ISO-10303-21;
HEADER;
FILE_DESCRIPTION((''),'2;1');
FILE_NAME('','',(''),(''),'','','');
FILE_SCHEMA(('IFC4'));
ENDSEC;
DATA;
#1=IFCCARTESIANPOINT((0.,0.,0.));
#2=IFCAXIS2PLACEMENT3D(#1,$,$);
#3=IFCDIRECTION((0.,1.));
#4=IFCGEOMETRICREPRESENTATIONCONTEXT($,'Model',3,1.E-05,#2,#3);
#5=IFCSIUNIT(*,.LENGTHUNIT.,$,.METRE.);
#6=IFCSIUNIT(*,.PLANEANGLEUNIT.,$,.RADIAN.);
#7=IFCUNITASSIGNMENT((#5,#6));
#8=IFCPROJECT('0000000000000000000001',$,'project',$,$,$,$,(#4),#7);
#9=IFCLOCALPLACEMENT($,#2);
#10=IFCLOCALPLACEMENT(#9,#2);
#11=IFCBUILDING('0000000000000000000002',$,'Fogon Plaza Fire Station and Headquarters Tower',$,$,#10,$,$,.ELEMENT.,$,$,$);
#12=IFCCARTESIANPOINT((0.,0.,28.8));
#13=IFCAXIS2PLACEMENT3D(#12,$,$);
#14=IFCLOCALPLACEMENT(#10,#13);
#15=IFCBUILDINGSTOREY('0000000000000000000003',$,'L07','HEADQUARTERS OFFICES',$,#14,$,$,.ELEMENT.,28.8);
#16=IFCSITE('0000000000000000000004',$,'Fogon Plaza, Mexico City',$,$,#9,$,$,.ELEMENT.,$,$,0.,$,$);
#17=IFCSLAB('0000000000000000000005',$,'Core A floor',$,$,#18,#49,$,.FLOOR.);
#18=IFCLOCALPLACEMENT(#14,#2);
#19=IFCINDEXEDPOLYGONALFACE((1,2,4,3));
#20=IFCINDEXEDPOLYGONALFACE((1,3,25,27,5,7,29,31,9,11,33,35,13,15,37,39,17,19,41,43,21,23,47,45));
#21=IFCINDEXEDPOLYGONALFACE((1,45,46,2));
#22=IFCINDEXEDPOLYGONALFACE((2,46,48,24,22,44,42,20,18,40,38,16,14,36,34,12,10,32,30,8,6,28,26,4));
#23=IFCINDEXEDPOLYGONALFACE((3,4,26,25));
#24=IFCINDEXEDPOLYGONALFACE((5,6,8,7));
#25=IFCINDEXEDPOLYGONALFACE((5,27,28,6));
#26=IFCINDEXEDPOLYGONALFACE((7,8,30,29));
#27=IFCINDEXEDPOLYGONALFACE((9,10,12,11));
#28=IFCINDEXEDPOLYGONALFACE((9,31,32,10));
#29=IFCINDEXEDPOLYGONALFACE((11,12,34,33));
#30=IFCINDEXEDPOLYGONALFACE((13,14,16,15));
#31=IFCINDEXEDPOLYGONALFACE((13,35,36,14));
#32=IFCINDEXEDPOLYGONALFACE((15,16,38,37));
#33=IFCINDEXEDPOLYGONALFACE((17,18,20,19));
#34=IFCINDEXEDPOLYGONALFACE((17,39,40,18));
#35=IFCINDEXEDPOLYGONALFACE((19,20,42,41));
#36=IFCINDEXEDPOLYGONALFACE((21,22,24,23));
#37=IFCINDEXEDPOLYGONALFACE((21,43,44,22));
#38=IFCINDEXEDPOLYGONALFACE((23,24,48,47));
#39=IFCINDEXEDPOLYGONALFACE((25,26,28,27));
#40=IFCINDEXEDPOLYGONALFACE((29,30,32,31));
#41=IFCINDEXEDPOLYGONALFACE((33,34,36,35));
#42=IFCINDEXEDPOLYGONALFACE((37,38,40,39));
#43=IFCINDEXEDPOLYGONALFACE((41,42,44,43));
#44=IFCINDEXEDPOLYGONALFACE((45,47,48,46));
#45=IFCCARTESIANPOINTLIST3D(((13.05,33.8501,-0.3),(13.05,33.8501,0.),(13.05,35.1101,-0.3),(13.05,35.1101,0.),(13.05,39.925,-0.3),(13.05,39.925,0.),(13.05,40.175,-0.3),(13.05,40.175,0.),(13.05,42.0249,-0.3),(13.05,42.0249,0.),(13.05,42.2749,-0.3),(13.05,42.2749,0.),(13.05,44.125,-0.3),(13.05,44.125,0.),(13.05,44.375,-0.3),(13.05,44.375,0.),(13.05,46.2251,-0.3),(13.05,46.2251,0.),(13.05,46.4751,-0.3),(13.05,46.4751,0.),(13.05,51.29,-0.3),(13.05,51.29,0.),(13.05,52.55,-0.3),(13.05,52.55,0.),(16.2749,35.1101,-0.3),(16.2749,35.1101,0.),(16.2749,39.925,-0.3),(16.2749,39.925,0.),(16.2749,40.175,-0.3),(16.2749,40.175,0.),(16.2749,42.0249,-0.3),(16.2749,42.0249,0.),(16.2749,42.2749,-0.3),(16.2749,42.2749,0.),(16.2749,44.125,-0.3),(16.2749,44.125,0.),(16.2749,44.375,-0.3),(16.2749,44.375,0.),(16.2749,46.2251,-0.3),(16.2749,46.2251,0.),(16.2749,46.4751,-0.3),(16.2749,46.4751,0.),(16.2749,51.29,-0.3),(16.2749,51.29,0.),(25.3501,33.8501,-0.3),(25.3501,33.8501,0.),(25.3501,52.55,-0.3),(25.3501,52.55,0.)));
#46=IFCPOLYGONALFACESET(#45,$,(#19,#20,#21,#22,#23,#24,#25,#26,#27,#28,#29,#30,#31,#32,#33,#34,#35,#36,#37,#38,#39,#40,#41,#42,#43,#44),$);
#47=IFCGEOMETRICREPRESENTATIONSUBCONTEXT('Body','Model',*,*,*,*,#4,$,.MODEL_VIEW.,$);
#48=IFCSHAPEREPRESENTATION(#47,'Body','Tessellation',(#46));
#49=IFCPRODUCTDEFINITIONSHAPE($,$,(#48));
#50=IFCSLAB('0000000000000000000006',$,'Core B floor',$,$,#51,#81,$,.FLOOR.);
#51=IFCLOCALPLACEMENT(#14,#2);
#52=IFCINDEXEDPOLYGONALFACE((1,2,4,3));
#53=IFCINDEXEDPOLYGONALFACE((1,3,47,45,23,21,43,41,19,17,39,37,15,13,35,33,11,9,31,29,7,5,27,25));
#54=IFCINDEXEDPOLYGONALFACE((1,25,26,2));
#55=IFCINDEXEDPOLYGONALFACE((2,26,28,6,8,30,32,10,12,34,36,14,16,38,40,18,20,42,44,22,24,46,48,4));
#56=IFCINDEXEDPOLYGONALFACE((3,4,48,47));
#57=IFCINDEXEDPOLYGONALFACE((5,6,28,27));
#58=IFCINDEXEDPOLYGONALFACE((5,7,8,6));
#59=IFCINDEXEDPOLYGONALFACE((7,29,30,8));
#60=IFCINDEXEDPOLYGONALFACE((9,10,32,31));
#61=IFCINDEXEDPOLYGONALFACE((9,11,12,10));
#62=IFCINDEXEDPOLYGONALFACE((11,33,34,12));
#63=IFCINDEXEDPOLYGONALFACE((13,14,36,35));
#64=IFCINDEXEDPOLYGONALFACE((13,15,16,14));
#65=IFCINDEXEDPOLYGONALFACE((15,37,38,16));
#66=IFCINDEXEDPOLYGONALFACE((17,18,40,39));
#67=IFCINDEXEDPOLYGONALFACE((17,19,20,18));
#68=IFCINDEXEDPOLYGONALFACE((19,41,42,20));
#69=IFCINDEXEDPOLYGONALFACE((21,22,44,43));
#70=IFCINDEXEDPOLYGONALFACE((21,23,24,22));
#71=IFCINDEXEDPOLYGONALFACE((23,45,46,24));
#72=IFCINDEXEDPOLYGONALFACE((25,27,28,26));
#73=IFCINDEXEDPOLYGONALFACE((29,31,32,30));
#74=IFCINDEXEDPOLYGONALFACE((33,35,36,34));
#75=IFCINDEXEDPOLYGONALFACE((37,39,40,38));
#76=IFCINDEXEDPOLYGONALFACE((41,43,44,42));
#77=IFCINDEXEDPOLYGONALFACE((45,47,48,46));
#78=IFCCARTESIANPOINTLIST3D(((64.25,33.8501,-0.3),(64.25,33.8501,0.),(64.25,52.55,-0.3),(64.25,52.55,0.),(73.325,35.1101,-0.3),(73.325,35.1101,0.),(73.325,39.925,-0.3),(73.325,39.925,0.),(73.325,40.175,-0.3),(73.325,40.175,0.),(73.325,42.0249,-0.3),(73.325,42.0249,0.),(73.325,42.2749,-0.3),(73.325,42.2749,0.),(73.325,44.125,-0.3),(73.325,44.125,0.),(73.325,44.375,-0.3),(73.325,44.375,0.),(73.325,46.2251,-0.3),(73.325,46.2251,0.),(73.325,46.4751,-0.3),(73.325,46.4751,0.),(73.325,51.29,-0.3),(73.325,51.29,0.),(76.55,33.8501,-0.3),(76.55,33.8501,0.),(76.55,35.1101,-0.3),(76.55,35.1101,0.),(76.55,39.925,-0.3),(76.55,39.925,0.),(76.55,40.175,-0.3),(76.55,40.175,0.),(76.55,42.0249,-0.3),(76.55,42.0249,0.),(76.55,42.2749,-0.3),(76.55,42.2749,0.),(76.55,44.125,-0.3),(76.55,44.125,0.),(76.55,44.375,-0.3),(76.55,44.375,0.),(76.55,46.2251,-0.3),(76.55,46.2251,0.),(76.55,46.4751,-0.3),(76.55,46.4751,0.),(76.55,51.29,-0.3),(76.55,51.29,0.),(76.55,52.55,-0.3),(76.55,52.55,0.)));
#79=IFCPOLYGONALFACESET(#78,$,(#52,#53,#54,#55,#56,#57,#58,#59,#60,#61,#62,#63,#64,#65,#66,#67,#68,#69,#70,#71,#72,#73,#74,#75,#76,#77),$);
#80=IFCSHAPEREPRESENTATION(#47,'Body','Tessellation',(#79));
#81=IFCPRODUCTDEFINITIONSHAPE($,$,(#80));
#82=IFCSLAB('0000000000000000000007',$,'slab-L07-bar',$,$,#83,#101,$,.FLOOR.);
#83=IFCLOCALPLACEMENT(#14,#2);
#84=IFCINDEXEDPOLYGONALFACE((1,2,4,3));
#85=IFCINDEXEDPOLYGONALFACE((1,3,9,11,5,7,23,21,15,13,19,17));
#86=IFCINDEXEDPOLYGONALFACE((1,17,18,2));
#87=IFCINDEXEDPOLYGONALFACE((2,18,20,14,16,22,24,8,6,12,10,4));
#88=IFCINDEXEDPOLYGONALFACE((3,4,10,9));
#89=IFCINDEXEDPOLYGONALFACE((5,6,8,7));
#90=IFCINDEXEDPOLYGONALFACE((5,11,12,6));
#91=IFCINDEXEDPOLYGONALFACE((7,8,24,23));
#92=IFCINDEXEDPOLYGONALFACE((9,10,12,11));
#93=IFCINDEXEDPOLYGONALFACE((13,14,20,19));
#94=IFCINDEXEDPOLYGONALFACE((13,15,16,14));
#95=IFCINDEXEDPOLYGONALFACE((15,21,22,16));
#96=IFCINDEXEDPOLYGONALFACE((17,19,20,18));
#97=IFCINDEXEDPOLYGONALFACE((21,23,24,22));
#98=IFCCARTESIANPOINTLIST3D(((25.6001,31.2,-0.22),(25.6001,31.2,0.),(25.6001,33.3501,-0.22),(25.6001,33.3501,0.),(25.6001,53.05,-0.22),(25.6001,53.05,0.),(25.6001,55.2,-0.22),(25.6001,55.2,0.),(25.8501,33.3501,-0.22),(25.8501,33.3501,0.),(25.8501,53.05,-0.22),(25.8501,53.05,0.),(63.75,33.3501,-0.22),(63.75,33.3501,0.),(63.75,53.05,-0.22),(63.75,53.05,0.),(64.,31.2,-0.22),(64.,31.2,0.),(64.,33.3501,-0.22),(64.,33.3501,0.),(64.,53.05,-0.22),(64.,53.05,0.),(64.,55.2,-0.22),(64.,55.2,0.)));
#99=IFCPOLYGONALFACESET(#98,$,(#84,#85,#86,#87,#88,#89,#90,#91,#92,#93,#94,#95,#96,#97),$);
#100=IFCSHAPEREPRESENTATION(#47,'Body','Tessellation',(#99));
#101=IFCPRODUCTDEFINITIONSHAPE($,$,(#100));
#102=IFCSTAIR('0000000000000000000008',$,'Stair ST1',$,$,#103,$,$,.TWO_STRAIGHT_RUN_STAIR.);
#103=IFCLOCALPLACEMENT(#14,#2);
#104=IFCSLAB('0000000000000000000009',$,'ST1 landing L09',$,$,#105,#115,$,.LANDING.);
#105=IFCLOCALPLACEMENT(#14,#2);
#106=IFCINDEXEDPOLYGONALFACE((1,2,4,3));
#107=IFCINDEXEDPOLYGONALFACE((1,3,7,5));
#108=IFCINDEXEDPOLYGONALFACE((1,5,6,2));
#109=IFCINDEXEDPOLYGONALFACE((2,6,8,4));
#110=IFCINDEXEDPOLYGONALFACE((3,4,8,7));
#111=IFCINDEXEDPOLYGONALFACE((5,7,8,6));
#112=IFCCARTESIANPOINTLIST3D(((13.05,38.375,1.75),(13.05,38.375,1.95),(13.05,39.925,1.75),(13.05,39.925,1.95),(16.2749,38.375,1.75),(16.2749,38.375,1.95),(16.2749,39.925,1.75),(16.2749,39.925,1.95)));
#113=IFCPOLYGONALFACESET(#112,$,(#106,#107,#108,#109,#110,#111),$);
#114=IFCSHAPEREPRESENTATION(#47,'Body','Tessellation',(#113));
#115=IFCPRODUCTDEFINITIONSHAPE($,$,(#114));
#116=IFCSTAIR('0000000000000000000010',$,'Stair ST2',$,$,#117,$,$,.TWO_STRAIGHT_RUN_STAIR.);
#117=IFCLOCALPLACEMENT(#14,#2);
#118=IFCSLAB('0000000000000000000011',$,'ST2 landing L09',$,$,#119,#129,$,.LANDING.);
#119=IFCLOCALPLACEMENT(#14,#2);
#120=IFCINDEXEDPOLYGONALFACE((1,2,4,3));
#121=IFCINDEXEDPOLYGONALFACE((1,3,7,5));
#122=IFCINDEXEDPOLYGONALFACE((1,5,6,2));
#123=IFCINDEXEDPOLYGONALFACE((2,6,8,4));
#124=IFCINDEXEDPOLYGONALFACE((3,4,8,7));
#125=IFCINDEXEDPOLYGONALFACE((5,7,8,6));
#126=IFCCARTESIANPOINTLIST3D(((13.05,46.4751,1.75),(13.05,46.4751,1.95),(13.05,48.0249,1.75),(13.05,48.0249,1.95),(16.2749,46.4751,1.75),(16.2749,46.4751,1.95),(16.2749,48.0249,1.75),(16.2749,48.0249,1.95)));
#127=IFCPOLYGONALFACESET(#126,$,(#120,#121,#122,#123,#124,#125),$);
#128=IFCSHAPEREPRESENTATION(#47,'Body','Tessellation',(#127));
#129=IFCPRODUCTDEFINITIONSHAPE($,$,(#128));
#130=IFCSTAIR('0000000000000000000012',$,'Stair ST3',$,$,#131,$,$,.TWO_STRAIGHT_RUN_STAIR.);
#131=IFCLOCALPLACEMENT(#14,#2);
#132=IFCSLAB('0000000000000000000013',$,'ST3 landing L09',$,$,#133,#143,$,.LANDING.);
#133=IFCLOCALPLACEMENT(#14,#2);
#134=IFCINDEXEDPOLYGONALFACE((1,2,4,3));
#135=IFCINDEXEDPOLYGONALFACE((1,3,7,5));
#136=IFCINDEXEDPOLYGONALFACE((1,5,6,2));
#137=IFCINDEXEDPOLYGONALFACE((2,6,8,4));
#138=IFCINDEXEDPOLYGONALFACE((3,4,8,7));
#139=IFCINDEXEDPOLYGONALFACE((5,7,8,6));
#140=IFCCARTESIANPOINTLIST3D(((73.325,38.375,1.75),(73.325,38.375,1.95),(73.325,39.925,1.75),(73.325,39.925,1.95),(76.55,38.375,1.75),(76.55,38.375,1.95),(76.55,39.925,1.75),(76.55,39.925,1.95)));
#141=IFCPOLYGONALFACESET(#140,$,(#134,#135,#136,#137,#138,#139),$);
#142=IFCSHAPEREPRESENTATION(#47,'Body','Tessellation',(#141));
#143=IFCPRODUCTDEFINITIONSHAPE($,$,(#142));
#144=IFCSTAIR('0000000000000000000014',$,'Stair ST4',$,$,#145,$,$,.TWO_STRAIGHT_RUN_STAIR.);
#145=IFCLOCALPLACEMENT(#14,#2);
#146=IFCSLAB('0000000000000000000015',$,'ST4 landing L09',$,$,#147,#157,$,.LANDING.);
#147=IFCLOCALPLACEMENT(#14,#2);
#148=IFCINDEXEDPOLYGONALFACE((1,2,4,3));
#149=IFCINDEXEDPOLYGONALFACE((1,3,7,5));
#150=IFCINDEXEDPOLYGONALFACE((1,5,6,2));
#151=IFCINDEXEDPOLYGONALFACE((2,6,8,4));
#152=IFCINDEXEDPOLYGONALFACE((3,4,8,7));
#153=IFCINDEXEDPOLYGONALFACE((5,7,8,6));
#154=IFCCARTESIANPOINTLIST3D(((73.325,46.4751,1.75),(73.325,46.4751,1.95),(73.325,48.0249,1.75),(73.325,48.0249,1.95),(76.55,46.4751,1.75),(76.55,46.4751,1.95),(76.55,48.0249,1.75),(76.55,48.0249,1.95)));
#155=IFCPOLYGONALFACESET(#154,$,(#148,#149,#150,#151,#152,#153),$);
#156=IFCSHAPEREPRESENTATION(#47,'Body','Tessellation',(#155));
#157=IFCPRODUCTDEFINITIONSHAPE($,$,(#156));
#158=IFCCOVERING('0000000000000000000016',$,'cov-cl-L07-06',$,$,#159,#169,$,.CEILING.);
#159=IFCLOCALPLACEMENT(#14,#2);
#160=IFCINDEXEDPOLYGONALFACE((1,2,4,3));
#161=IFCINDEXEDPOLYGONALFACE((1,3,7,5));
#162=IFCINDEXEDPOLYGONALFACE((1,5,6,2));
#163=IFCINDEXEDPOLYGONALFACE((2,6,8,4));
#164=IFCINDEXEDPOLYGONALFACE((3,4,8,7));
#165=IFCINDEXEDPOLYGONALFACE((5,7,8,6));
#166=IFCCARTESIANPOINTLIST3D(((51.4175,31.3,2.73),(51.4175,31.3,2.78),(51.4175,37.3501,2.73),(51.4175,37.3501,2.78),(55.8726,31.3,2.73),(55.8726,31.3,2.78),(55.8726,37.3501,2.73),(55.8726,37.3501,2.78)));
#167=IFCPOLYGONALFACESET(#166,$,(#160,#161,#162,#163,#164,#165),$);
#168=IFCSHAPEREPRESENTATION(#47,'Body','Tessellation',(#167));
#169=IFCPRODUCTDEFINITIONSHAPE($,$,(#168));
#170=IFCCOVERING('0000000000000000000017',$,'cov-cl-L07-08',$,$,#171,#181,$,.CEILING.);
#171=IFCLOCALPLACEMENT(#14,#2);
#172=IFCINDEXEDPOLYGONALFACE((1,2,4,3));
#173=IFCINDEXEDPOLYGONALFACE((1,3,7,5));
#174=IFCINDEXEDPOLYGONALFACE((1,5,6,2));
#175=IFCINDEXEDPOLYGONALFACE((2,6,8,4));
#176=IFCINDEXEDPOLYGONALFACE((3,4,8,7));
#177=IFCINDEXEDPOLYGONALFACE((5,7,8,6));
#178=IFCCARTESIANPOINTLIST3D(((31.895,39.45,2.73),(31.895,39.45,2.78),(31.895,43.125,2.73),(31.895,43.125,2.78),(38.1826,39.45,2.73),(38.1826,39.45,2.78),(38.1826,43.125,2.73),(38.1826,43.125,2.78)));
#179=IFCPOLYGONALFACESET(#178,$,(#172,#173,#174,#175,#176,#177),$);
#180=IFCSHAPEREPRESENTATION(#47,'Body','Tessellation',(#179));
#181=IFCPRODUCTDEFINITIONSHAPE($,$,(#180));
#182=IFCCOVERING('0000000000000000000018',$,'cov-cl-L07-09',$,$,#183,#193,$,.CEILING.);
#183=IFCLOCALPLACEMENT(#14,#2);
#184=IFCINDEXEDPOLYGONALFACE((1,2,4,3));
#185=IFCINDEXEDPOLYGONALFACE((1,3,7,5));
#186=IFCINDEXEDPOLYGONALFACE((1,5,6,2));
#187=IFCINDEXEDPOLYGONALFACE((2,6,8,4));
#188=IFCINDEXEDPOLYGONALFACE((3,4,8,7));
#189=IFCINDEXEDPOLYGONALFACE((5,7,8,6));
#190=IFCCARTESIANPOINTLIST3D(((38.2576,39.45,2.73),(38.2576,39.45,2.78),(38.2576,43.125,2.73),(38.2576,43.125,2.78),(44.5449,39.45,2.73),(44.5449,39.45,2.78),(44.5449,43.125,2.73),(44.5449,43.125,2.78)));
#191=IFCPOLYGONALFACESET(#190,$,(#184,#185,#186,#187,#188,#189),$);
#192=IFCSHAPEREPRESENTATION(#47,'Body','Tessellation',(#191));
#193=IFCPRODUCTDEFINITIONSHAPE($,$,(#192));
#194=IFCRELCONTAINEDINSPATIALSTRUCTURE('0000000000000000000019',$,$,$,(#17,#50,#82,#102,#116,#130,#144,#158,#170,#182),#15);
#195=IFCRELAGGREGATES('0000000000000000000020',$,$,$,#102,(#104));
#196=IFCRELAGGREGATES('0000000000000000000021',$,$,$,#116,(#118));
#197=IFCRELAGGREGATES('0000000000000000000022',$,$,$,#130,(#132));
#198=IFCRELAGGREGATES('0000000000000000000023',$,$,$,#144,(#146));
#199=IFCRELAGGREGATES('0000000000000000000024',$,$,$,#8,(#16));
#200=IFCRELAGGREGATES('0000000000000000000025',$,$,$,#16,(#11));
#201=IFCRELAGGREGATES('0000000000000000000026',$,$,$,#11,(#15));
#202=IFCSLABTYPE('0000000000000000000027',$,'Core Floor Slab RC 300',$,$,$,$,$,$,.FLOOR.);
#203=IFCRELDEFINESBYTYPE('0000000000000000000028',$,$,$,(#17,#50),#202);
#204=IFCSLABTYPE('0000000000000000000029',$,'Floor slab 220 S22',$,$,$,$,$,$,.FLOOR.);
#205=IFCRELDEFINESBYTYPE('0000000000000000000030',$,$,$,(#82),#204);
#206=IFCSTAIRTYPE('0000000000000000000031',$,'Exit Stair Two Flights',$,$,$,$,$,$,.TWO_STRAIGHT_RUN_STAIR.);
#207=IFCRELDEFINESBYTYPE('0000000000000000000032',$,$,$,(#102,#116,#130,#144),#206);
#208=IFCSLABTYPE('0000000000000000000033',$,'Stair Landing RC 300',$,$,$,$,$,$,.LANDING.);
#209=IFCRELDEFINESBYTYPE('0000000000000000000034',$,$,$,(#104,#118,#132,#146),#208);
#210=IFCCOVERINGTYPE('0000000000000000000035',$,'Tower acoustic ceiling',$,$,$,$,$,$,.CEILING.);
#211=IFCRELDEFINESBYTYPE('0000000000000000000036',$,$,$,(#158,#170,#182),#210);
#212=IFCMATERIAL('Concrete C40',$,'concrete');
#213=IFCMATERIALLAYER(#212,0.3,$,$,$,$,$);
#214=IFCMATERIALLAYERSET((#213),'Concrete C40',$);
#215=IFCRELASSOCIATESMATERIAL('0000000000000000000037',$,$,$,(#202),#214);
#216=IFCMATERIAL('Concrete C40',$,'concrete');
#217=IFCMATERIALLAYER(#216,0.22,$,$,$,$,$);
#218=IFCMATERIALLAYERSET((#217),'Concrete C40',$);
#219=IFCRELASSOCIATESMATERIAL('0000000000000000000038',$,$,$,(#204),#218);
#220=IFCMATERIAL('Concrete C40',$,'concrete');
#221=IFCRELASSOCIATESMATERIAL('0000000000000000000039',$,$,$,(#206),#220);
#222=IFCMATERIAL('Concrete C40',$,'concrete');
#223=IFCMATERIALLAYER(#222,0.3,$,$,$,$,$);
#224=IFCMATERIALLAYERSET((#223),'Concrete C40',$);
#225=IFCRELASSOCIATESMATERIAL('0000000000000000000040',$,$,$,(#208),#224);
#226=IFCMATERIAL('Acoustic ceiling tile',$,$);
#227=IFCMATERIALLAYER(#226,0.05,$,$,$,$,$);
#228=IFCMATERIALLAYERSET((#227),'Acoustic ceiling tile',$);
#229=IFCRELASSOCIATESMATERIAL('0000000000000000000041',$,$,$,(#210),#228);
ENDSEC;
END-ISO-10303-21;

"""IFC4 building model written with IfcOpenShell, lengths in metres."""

from ifc_helpers import new_model, si_unit, direction, frame, origin, place, context, subcontext, project, spatial, polyline, outline, extrude, material, layer, layer_set, type_object, element, aggregate, save


model = new_model("IFC4")

# Units and contexts
model_context = context("Model", 3, precision=1e-05, world=origin(), true_north=direction((0.0, 1.0)))
body_context = subcontext(model_context, "Body", "Model", "MODEL_VIEW")
ifc_project = project(units=[si_unit("LENGTHUNIT", "METRE"), si_unit("PLANEANGLEUNIT", "RADIAN")], contexts=[model_context])

# Site, building, storey
site_placement = place(None, origin())
site = spatial("IfcSite", under=ifc_project, at=site_placement, Name="Fogon Plaza, Mexico City", CompositionType="ELEMENT", RefElevation=0.0)
building_placement = place(site_placement, origin())
building = spatial("IfcBuilding", under=site, at=building_placement, Name="Fogon Plaza Fire Station and Headquarters Tower", CompositionType="ELEMENT")
storey_placement = place(building_placement, frame((0.0, 0.0, 28.8)))
storey = spatial("IfcBuildingStorey", under=building, at=storey_placement, Name="L07", Description="HEADQUARTERS OFFICES", CompositionType="ELEMENT", Elevation=28.8)

# Slabs
ifc_material_1 = material(Name="Concrete C40", Category="concrete")
ifc_layer_1 = layer(ifc_material_1, 0.3)
ifc_layer_set_1 = layer_set([ifc_layer_1], Name="Concrete C40")
slab_type_1 = type_object("IfcSlabType", Name="Core Floor Slab RC 300", PredefinedType="FLOOR", material=ifc_layer_set_1)
slab_1_placement = place(storey_placement, frame((0.0, 0.0, -0.3)))
element("IfcSlab", 1, at=slab_1_placement, inside=storey, type_object=slab_type_1, Name="Core A floor", PredefinedType="FLOOR", context=body_context, shape_type="SweptSolid", body=[
    extrude(outline(polyline([(13.05, 35.1101), (13.05, 33.8501), (25.3501, 33.8501), (25.3501, 52.55), (13.05, 52.55), (13.05, 51.29), (16.2749, 51.29), (16.2749, 46.4751), (13.05, 46.4751), (13.05, 46.2251), (16.2749, 46.2251), (16.2749, 44.375), (13.05, 44.375), (13.05, 44.125), (16.2749, 44.125), (16.2749, 42.2749), (13.05, 42.2749), (13.05, 42.0249), (16.2749, 42.0249), (16.2749, 40.175), (13.05, 40.175), (13.05, 39.925), (16.2749, 39.925), (16.2749, 35.1101), (13.05, 35.1101)])), origin(), (0.0, 0.0, 1.0), 0.3),
])
slab_2_placement = place(storey_placement, frame((0.0, 0.0, -0.3)))
element("IfcSlab", 2, at=slab_2_placement, inside=storey, type_object=slab_type_1, Name="Core B floor", PredefinedType="FLOOR", context=body_context, shape_type="SweptSolid", body=[
    extrude(outline(polyline([(76.55, 35.1101), (73.325, 35.1101), (73.325, 39.925), (76.55, 39.925), (76.55, 40.175), (73.325, 40.175), (73.325, 42.0249), (76.55, 42.0249), (76.55, 42.2749), (73.325, 42.2749), (73.325, 44.125), (76.55, 44.125), (76.55, 44.375), (73.325, 44.375), (73.325, 46.2251), (76.55, 46.2251), (76.55, 46.4751), (73.325, 46.4751), (73.325, 51.29), (76.55, 51.29), (76.55, 52.55), (64.25, 52.55), (64.25, 33.8501), (76.55, 33.8501), (76.55, 35.1101)])), origin(), (0.0, 0.0, 1.0), 0.3),
])
ifc_material_2 = material(Name="Concrete C40", Category="concrete")
ifc_layer_2 = layer(ifc_material_2, 0.22)
ifc_layer_set_2 = layer_set([ifc_layer_2], Name="Concrete C40")
slab_type_2 = type_object("IfcSlabType", Name="Floor slab 220 S22", PredefinedType="FLOOR", material=ifc_layer_set_2)
slab_3_placement = place(storey_placement, frame((0.0, 0.0, -0.22)))
element("IfcSlab", 3, at=slab_3_placement, inside=storey, type_object=slab_type_2, Name="slab-L07-bar", PredefinedType="FLOOR", context=body_context, shape_type="SweptSolid", body=[
    extrude(outline(polyline([(64.0, 31.2), (25.6001, 31.2), (25.6001, 33.3501), (25.8501, 33.3501), (25.8501, 53.05), (25.6001, 53.05), (25.6001, 55.2), (64.0, 55.2), (64.0, 53.05), (63.75, 53.05), (63.75, 33.3501), (64.0, 33.3501), (64.0, 31.2)])), origin(), (0.0, 0.0, 1.0), 0.22),
])

# Stairs, slabs
ifc_material_3 = material(Name="Concrete C40", Category="concrete")
stair_type = type_object("IfcStairType", Name="Exit Stair Two Flights", PredefinedType="TWO_STRAIGHT_RUN_STAIR", material=ifc_material_3)
stair_1_placement = place(storey_placement, origin())
stair_1 = element("IfcStair", 4, at=stair_1_placement, inside=storey, type_object=stair_type, Name="Stair ST1", PredefinedType="TWO_STRAIGHT_RUN_STAIR")
ifc_material_4 = material(Name="Concrete C40", Category="concrete")
ifc_layer_3 = layer(ifc_material_4, 0.3)
ifc_layer_set_3 = layer_set([ifc_layer_3], Name="Concrete C40")
slab_type_3 = type_object("IfcSlabType", Name="Stair Landing RC 300", PredefinedType="LANDING", material=ifc_layer_set_3)
slab_4_placement = place(storey_placement, frame((0.0, 0.0, 1.75)))
slab_4 = element("IfcSlab", 5, at=slab_4_placement, type_object=slab_type_3, Name="ST1 landing L09", PredefinedType="LANDING", context=body_context, shape_type="SweptSolid", body=[
    extrude(outline(polyline([(16.2749, 38.375), (16.2749, 39.925), (13.05, 39.925), (13.05, 38.375), (16.2749, 38.375)])), origin(), (0.0, 0.0, 1.0), 0.2),
])
aggregate(stair_1, [slab_4])
stair_2_placement = place(storey_placement, origin())
stair_2 = element("IfcStair", 6, at=stair_2_placement, inside=storey, type_object=stair_type, Name="Stair ST2", PredefinedType="TWO_STRAIGHT_RUN_STAIR")
slab_5_placement = place(storey_placement, frame((0.0, 0.0, 1.75)))
slab_5 = element("IfcSlab", 7, at=slab_5_placement, type_object=slab_type_3, Name="ST2 landing L09", PredefinedType="LANDING", context=body_context, shape_type="SweptSolid", body=[
    extrude(outline(polyline([(16.2749, 46.4751), (16.2749, 48.0249), (13.05, 48.0249), (13.05, 46.4751), (16.2749, 46.4751)])), origin(), (0.0, 0.0, 1.0), 0.2),
])
aggregate(stair_2, [slab_5])
stair_3_placement = place(storey_placement, origin())
stair_3 = element("IfcStair", 8, at=stair_3_placement, inside=storey, type_object=stair_type, Name="Stair ST3", PredefinedType="TWO_STRAIGHT_RUN_STAIR")
slab_6_placement = place(storey_placement, frame((0.0, 0.0, 1.75)))
slab_6 = element("IfcSlab", 9, at=slab_6_placement, type_object=slab_type_3, Name="ST3 landing L09", PredefinedType="LANDING", context=body_context, shape_type="SweptSolid", body=[
    extrude(outline(polyline([(73.325, 38.375), (76.55, 38.375), (76.55, 39.925), (73.325, 39.925), (73.325, 38.375)])), origin(), (0.0, 0.0, 1.0), 0.2),
])
aggregate(stair_3, [slab_6])
stair_4_placement = place(storey_placement, origin())
stair_4 = element("IfcStair", 10, at=stair_4_placement, inside=storey, type_object=stair_type, Name="Stair ST4", PredefinedType="TWO_STRAIGHT_RUN_STAIR")
slab_7_placement = place(storey_placement, frame((0.0, 0.0, 1.75)))
slab_7 = element("IfcSlab", 11, at=slab_7_placement, type_object=slab_type_3, Name="ST4 landing L09", PredefinedType="LANDING", context=body_context, shape_type="SweptSolid", body=[
    extrude(outline(polyline([(73.325, 46.4751), (76.55, 46.4751), (76.55, 48.0249), (73.325, 48.0249), (73.325, 46.4751)])), origin(), (0.0, 0.0, 1.0), 0.2),
])
aggregate(stair_4, [slab_7])

# Coverings
ifc_material_5 = material(Name="Acoustic ceiling tile")
ifc_layer_4 = layer(ifc_material_5, 0.05)
ifc_layer_set_4 = layer_set([ifc_layer_4], Name="Acoustic ceiling tile")
covering_type_1 = type_object("IfcCoveringType", Name="Tower acoustic ceiling", PredefinedType="CEILING", material=ifc_layer_set_4)
covering_1_placement = place(storey_placement, frame((0.0, 0.0, 2.73)))
element("IfcCovering", 12, at=covering_1_placement, inside=storey, type_object=covering_type_1, Name="cov-cl-L07-06", PredefinedType="CEILING", context=body_context, shape_type="SweptSolid", body=[
    extrude(outline(polyline([(55.8726, 31.3), (55.8726, 37.3501), (51.4175, 37.3501), (51.4175, 31.3), (55.8726, 31.3)])), origin(), (0.0, 0.0, 1.0), 0.05),
])
covering_2_placement = place(storey_placement, frame((0.0, 0.0, 2.73)))
element("IfcCovering", 13, at=covering_2_placement, inside=storey, type_object=covering_type_1, Name="cov-cl-L07-08", PredefinedType="CEILING", context=body_context, shape_type="SweptSolid", body=[
    extrude(outline(polyline([(38.1826, 39.45), (38.1826, 43.125), (31.895, 43.125), (31.895, 39.45), (38.1826, 39.45)])), origin(), (0.0, 0.0, 1.0), 0.05),
])
covering_3_placement = place(storey_placement, frame((0.0, 0.0, 2.73)))
element("IfcCovering", 14, at=covering_3_placement, inside=storey, type_object=covering_type_1, Name="cov-cl-L07-09", PredefinedType="CEILING", context=body_context, shape_type="SweptSolid", body=[
    extrude(outline(polyline([(44.5449, 39.45), (44.5449, 43.125), (38.2576, 43.125), (38.2576, 39.45), (44.5449, 39.45)])), origin(), (0.0, 0.0, 1.0), 0.05),
])

save(model, "model.ifc")
